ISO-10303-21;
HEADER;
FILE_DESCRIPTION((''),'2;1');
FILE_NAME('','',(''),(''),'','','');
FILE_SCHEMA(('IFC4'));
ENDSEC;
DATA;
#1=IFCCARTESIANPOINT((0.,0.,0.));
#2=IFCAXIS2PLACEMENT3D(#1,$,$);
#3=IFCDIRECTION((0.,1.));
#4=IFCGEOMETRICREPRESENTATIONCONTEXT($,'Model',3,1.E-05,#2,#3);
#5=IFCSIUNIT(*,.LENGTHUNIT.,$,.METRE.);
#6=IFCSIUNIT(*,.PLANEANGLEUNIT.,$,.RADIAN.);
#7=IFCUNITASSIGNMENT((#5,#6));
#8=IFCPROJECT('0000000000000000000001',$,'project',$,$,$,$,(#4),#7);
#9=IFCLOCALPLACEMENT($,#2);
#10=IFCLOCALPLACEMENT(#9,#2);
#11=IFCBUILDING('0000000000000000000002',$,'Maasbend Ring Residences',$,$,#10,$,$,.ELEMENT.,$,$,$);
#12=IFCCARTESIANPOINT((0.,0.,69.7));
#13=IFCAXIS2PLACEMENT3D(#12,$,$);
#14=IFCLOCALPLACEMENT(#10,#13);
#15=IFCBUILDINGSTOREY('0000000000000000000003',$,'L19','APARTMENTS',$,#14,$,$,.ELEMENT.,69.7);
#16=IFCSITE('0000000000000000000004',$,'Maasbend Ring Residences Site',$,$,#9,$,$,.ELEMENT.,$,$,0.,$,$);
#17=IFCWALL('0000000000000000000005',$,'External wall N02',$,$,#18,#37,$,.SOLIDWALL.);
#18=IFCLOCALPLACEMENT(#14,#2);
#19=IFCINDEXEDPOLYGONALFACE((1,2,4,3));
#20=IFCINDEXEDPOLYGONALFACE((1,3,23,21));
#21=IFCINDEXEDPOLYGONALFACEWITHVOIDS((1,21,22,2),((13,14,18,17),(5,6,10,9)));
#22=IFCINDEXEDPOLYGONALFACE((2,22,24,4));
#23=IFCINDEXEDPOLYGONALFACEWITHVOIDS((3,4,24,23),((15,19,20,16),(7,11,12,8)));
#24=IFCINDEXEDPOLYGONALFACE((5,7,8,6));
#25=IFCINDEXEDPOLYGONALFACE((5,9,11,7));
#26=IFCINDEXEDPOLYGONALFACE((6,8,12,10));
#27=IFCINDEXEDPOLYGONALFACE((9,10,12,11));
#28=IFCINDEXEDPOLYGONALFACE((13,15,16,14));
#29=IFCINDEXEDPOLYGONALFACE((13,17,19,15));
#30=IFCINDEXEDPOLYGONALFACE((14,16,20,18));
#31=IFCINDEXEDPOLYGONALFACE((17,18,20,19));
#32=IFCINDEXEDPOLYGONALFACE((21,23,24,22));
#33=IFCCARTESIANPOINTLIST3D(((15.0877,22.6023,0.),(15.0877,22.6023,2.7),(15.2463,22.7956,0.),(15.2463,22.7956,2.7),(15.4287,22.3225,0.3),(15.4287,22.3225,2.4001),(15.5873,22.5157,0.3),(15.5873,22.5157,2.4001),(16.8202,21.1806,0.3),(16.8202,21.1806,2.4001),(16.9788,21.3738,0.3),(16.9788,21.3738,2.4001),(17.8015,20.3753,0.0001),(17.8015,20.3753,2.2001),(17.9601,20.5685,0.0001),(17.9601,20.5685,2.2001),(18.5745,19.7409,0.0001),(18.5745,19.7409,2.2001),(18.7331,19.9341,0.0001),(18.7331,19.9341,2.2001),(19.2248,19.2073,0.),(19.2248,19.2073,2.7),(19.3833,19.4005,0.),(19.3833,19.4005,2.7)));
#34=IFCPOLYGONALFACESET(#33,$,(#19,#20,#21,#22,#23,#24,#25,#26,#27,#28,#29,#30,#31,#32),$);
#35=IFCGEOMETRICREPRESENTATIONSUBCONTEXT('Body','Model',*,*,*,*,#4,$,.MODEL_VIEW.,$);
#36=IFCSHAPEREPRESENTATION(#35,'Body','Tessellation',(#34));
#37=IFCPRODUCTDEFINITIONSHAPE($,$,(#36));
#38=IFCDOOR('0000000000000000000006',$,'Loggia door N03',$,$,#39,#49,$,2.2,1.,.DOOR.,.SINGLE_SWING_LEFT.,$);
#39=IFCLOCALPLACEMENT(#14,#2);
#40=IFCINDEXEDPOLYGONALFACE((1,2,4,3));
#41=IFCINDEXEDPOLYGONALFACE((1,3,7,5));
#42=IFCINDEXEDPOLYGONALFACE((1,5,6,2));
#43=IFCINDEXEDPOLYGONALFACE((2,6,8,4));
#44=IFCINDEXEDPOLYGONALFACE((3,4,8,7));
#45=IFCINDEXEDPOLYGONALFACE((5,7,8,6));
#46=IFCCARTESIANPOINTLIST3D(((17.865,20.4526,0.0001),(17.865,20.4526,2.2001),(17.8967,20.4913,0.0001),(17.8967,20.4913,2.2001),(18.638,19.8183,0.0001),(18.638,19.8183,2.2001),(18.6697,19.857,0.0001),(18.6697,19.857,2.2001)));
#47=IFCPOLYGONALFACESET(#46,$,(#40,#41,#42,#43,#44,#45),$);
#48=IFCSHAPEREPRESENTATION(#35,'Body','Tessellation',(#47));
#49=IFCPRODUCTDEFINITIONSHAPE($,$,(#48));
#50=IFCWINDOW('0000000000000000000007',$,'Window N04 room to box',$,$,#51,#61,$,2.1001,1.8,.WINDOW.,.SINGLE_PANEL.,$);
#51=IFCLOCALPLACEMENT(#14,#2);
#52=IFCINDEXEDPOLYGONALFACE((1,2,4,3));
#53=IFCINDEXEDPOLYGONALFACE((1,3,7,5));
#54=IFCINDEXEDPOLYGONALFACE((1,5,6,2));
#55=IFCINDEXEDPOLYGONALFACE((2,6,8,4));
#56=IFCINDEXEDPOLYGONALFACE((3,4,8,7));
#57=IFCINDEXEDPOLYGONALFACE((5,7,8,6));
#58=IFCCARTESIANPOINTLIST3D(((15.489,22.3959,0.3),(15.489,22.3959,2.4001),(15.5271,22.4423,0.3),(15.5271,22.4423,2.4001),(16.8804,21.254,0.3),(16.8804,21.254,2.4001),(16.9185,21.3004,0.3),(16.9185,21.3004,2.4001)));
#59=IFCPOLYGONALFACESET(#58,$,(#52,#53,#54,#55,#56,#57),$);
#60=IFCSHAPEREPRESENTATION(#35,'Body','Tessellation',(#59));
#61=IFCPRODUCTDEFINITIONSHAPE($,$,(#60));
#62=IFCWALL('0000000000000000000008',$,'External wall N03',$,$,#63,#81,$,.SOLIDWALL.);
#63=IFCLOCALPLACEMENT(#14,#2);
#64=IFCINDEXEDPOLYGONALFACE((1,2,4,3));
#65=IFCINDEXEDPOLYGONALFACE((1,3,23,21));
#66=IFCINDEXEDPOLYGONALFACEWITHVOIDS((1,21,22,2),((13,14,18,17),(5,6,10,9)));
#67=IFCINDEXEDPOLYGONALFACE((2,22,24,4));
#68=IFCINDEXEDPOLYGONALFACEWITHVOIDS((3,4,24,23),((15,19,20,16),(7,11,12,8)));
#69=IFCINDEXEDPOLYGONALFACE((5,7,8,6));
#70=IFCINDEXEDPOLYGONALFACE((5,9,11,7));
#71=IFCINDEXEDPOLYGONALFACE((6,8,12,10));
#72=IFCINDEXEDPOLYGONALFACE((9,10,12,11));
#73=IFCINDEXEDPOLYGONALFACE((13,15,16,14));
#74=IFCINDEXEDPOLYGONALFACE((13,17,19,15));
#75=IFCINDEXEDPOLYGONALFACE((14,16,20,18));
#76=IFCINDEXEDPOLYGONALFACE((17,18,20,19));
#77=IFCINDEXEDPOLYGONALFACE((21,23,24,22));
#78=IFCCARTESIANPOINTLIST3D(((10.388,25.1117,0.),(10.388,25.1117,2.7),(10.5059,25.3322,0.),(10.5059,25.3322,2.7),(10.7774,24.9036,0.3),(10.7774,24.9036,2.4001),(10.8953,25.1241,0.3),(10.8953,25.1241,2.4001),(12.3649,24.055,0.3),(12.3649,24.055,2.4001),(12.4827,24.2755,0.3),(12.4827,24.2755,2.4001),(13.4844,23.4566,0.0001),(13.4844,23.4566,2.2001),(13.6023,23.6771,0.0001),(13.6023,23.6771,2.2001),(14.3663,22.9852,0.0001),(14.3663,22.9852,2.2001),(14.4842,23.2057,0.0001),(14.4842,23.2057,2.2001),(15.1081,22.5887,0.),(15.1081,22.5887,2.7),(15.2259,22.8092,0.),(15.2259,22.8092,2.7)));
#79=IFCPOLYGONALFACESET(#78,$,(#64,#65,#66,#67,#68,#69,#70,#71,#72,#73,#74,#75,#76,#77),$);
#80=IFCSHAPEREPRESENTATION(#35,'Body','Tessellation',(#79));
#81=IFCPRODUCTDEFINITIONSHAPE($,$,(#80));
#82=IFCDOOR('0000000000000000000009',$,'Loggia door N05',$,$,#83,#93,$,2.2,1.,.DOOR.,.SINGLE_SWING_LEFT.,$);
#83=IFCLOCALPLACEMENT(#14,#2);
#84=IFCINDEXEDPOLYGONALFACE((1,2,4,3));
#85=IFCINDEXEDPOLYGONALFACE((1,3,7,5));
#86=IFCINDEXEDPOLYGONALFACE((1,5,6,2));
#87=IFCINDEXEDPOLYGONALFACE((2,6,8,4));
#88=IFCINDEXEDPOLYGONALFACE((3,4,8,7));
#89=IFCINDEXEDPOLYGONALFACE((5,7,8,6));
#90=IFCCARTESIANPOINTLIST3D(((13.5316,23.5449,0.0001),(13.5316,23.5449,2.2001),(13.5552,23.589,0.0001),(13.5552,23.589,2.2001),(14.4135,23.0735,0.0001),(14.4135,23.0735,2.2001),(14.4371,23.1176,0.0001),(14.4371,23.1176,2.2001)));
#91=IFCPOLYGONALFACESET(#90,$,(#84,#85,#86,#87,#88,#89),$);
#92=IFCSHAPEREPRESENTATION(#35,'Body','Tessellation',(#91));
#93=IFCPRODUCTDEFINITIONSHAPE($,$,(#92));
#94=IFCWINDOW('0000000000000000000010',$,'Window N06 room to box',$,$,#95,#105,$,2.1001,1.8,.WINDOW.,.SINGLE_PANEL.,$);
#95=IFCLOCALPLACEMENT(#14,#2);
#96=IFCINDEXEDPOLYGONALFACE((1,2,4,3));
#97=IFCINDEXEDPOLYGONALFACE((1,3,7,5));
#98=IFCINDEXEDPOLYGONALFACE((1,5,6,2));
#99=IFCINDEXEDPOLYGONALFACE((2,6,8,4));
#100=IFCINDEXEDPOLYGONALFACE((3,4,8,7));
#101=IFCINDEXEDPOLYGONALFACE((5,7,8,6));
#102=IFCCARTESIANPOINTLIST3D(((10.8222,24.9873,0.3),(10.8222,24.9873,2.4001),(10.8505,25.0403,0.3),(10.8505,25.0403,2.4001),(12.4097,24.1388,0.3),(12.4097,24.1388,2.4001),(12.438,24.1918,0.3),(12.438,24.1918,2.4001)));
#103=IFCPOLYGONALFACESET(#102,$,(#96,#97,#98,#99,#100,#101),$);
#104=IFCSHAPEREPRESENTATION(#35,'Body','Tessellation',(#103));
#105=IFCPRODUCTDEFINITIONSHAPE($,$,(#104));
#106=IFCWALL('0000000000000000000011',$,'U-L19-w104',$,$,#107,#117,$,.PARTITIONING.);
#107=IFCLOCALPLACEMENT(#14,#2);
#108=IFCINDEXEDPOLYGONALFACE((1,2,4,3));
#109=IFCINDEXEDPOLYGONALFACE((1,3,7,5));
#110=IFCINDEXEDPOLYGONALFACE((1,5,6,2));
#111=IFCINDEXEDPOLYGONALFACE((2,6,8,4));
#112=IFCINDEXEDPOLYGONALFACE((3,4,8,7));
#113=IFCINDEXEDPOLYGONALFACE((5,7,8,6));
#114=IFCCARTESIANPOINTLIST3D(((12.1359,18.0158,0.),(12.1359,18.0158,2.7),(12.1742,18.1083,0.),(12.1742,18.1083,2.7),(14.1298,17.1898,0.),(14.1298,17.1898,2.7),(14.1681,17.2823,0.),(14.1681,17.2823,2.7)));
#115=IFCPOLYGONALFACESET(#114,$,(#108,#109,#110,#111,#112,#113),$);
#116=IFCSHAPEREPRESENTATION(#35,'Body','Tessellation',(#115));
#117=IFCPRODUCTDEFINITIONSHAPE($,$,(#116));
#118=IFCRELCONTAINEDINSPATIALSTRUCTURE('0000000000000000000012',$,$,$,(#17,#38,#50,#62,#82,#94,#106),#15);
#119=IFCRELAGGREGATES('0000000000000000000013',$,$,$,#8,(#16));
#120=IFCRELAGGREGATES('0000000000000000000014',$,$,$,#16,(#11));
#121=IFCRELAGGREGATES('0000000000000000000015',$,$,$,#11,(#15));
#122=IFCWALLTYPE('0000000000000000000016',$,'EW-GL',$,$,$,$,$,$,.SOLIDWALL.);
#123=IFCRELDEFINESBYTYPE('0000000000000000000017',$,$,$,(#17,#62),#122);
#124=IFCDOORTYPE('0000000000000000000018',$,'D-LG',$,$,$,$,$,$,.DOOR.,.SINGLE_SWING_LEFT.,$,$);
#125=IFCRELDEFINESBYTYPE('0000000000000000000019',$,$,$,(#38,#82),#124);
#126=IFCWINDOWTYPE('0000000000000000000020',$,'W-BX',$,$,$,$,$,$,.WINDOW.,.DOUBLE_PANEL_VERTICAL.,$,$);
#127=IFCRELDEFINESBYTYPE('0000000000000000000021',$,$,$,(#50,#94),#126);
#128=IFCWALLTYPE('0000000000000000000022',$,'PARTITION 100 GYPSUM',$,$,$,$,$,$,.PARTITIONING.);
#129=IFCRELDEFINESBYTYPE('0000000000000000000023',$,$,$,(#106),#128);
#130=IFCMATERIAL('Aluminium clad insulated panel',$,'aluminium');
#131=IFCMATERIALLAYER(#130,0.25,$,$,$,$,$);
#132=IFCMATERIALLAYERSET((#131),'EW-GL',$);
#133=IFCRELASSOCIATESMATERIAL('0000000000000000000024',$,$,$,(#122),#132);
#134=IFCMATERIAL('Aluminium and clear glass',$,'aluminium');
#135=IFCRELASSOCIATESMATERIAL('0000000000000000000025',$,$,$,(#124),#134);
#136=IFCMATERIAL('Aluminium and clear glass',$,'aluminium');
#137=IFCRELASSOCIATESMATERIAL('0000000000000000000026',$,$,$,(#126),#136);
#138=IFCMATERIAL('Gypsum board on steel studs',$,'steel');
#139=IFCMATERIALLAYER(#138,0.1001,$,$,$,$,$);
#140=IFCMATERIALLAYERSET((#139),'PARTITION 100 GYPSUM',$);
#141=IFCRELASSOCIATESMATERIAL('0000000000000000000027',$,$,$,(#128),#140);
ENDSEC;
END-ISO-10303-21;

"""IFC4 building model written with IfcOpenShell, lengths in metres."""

from ifc_helpers import new_model, si_unit, direction, frame, frame_2d, origin, place, context, subcontext, project, spatial, rectangle, extrude, material, layer, layer_set, type_object, element, fill, save


model = new_model("IFC4")

# Units and contexts
model_context = context("Model", 3, precision=1e-05, world=origin(), true_north=direction((0.0, 1.0)))
body_context = subcontext(model_context, "Body", "Model", "MODEL_VIEW")
ifc_project = project(units=[si_unit("LENGTHUNIT", "METRE"), si_unit("PLANEANGLEUNIT", "RADIAN")], contexts=[model_context])

# Site, building, storey
site_placement = place(None, origin())
site = spatial("IfcSite", under=ifc_project, at=site_placement, Name="Maasbend Ring Residences Site", CompositionType="ELEMENT", RefElevation=0.0)
building_placement = place(site_placement, origin())
building = spatial("IfcBuilding", under=site, at=building_placement, Name="Maasbend Ring Residences", CompositionType="ELEMENT")
storey_placement = place(building_placement, frame((0.0, 0.0, 69.7)))
storey = spatial("IfcBuildingStorey", under=building, at=storey_placement, Name="L19", Description="APARTMENTS", CompositionType="ELEMENT", Elevation=69.7)

# Walls, openings, doors, windows
ifc_material_1 = material(Name="Aluminium clad insulated panel", Category="aluminium")
ifc_layer_1 = layer(ifc_material_1, 0.25)
ifc_layer_set_1 = layer_set([ifc_layer_1], Name="EW-GL")
wall_type_1 = type_object("IfcWallType", Name="EW-GL", PredefinedType="SOLIDWALL", material=ifc_layer_set_1)
wall_1_placement = place(storey_placement, frame((19.304, 19.304, 0.0), z_axis=(0.0, 0.0, 1.0), x_axis=(-0.773019, 0.634382, 0.0)))
wall_1 = element("IfcWall", 1, at=wall_1_placement, inside=storey, type_object=wall_type_1, Name="External wall N02", PredefinedType="SOLIDWALL", context=body_context, shape_type="SweptSolid", body=[
    extrude(rectangle(XDim=5.3518, YDim=0.25, at=frame_2d((2.6758, 0.0))), origin(), (0.0, 0.0, 1.0), 2.7),
])
opening_1_placement = place(wall_1_placement, frame((0.8411, 0.0, 0.0)))
opening_1 = element("IfcOpeningElement", 2, at=opening_1_placement, cuts=wall_1, PredefinedType="OPENING", context=body_context, shape_type="SweptSolid", body=[
    extrude(rectangle(XDim=1.0, YDim=2.2, at=frame_2d((0.5, 1.1001))), frame((0.0, 0.135, 0.0), z_axis=(0.0, -1.0, 0.0), x_axis=(1.0, 0.0, 0.0)), (0.0, 0.0, 1.0), 0.27),
])
opening_2_placement = place(wall_1_placement, frame((3.1106, 0.0, 0.3)))
opening_2 = element("IfcOpeningElement", 3, at=opening_2_placement, cuts=wall_1, PredefinedType="OPENING", context=body_context, shape_type="SweptSolid", body=[
    extrude(rectangle(XDim=1.8, YDim=2.1001, at=frame_2d((0.8999, 1.05))), frame((0.0, 0.135, 0.0), z_axis=(0.0, -1.0, 0.0), x_axis=(1.0, 0.0, 0.0)), (0.0, 0.0, 1.0), 0.27),
])
ifc_material_2 = material(Name="Aluminium and clear glass", Category="aluminium")
door_type = type_object("IfcDoorType", Name="D-LG", OperationType="SINGLE_SWING_LEFT", PredefinedType="DOOR", material=ifc_material_2)
door_1_placement = place(opening_1_placement, origin())
door_1 = element("IfcDoor", 4, at=door_1_placement, inside=storey, type_object=door_type, Name="Loggia door N03", OperationType="SINGLE_SWING_LEFT", OverallHeight=2.2, OverallWidth=1.0, PredefinedType="DOOR", context=body_context, shape_type="SweptSolid", body=[
    extrude(rectangle(XDim=1.0, YDim=2.2, at=frame_2d((0.5, 1.1001))), frame((0.0, 0.0249, 0.0), z_axis=(0.0, -1.0, 0.0), x_axis=(1.0, 0.0, 0.0)), (0.0, 0.0, 1.0), 0.05),
])
fill(opening_1, door_1)
ifc_material_3 = material(Name="Aluminium and clear glass", Category="aluminium")
window_type_1 = type_object("IfcWindowType", Name="W-BX", PartitioningType="DOUBLE_PANEL_VERTICAL", PredefinedType="WINDOW", material=ifc_material_3)
window_1_placement = place(opening_2_placement, origin())
window_1 = element("IfcWindow", 5, at=window_1_placement, inside=storey, type_object=window_type_1, Name="Window N04 room to box", OverallHeight=2.1001, OverallWidth=1.8, PartitioningType="SINGLE_PANEL", PredefinedType="WINDOW", context=body_context, shape_type="SweptSolid", body=[
    extrude(rectangle(XDim=1.8, YDim=2.1001, at=frame_2d((0.8999, 1.05))), frame((0.0, 0.03, 0.0), z_axis=(0.0, -1.0, 0.0), x_axis=(1.0, 0.0, 0.0)), (0.0, 0.0, 1.0), 0.0601),
])
fill(opening_2, window_1)
wall_2_placement = place(storey_placement, frame((15.167, 22.699, 0.0), z_axis=(0.0, 0.0, 1.0), x_axis=(-0.881916, 0.471407, 0.0)))
wall_2 = element("IfcWall", 6, at=wall_2_placement, inside=storey, type_object=wall_type_1, Name="External wall N03", PredefinedType="SOLIDWALL", context=body_context, shape_type="SweptSolid", body=[
    extrude(rectangle(XDim=5.3521, YDim=0.25, at=frame_2d((2.676, 0.0))), origin(), (0.0, 0.0, 1.0), 2.7),
])
opening_3_placement = place(wall_2_placement, frame((0.8411, 0.0, 0.0)))
opening_3 = element("IfcOpeningElement", 7, at=opening_3_placement, cuts=wall_2, PredefinedType="OPENING", context=body_context, shape_type="SweptSolid", body=[
    extrude(rectangle(XDim=1.0, YDim=2.2, at=frame_2d((0.5, 1.1001))), frame((0.0, 0.135, 0.0), z_axis=(0.0, -1.0, 0.0), x_axis=(1.0, 0.0, 0.0)), (0.0, 0.0, 1.0), 0.27),
])
opening_4_placement = place(wall_2_placement, frame((3.1106, 0.0, 0.3)))
opening_4 = element("IfcOpeningElement", 8, at=opening_4_placement, cuts=wall_2, PredefinedType="OPENING", context=body_context, shape_type="SweptSolid", body=[
    extrude(rectangle(XDim=1.8, YDim=2.1001, at=frame_2d((0.8999, 1.05))), frame((0.0, 0.135, 0.0), z_axis=(0.0, -1.0, 0.0), x_axis=(1.0, 0.0, 0.0)), (0.0, 0.0, 1.0), 0.27),
])
door_2_placement = place(opening_3_placement, origin())
door_2 = element("IfcDoor", 9, at=door_2_placement, inside=storey, type_object=door_type, Name="Loggia door N05", OperationType="SINGLE_SWING_LEFT", OverallHeight=2.2, OverallWidth=1.0, PredefinedType="DOOR", context=body_context, shape_type="SweptSolid", body=[
    extrude(rectangle(XDim=1.0, YDim=2.2, at=frame_2d((0.5, 1.1001))), frame((0.0, 0.0249, 0.0), z_axis=(0.0, -1.0, 0.0), x_axis=(1.0, 0.0, 0.0)), (0.0, 0.0, 1.0), 0.05),
])
fill(opening_3, door_2)
window_2_placement = place(opening_4_placement, origin())
window_2 = element("IfcWindow", 10, at=window_2_placement, inside=storey, type_object=window_type_1, Name="Window N06 room to box", OverallHeight=2.1001, OverallWidth=1.8, PartitioningType="SINGLE_PANEL", PredefinedType="WINDOW", context=body_context, shape_type="SweptSolid", body=[
    extrude(rectangle(XDim=1.8, YDim=2.1001, at=frame_2d((0.8999, 1.05))), frame((0.0, 0.03, 0.0), z_axis=(0.0, -1.0, 0.0), x_axis=(1.0, 0.0, 0.0)), (0.0, 0.0, 1.0), 0.0601),
])
fill(opening_4, window_2)

# Wall
ifc_material_4 = material(Name="Gypsum board on steel studs", Category="steel")
ifc_layer_2 = layer(ifc_material_4, 0.1001)
ifc_layer_set_2 = layer_set([ifc_layer_2], Name="PARTITION 100 GYPSUM")
wall_type_2 = type_object("IfcWallType", Name="PARTITION 100 GYPSUM", PredefinedType="PARTITIONING", material=ifc_layer_set_2)
wall_3_placement = place(storey_placement, frame((12.155, 18.062, 0.0), z_axis=(0.0, 0.0, 1.0), x_axis=(0.923875, -0.382695, 0.0)))
element("IfcWall", 11, at=wall_3_placement, inside=storey, type_object=wall_type_2, Name="U-L19-w104", PredefinedType="PARTITIONING", context=body_context, shape_type="SweptSolid", body=[
    extrude(rectangle(XDim=2.1582, YDim=0.1001, at=frame_2d((1.0791, 0.0))), origin(), (0.0, 0.0, 1.0), 2.7),
])

save(model, "model.ifc")
